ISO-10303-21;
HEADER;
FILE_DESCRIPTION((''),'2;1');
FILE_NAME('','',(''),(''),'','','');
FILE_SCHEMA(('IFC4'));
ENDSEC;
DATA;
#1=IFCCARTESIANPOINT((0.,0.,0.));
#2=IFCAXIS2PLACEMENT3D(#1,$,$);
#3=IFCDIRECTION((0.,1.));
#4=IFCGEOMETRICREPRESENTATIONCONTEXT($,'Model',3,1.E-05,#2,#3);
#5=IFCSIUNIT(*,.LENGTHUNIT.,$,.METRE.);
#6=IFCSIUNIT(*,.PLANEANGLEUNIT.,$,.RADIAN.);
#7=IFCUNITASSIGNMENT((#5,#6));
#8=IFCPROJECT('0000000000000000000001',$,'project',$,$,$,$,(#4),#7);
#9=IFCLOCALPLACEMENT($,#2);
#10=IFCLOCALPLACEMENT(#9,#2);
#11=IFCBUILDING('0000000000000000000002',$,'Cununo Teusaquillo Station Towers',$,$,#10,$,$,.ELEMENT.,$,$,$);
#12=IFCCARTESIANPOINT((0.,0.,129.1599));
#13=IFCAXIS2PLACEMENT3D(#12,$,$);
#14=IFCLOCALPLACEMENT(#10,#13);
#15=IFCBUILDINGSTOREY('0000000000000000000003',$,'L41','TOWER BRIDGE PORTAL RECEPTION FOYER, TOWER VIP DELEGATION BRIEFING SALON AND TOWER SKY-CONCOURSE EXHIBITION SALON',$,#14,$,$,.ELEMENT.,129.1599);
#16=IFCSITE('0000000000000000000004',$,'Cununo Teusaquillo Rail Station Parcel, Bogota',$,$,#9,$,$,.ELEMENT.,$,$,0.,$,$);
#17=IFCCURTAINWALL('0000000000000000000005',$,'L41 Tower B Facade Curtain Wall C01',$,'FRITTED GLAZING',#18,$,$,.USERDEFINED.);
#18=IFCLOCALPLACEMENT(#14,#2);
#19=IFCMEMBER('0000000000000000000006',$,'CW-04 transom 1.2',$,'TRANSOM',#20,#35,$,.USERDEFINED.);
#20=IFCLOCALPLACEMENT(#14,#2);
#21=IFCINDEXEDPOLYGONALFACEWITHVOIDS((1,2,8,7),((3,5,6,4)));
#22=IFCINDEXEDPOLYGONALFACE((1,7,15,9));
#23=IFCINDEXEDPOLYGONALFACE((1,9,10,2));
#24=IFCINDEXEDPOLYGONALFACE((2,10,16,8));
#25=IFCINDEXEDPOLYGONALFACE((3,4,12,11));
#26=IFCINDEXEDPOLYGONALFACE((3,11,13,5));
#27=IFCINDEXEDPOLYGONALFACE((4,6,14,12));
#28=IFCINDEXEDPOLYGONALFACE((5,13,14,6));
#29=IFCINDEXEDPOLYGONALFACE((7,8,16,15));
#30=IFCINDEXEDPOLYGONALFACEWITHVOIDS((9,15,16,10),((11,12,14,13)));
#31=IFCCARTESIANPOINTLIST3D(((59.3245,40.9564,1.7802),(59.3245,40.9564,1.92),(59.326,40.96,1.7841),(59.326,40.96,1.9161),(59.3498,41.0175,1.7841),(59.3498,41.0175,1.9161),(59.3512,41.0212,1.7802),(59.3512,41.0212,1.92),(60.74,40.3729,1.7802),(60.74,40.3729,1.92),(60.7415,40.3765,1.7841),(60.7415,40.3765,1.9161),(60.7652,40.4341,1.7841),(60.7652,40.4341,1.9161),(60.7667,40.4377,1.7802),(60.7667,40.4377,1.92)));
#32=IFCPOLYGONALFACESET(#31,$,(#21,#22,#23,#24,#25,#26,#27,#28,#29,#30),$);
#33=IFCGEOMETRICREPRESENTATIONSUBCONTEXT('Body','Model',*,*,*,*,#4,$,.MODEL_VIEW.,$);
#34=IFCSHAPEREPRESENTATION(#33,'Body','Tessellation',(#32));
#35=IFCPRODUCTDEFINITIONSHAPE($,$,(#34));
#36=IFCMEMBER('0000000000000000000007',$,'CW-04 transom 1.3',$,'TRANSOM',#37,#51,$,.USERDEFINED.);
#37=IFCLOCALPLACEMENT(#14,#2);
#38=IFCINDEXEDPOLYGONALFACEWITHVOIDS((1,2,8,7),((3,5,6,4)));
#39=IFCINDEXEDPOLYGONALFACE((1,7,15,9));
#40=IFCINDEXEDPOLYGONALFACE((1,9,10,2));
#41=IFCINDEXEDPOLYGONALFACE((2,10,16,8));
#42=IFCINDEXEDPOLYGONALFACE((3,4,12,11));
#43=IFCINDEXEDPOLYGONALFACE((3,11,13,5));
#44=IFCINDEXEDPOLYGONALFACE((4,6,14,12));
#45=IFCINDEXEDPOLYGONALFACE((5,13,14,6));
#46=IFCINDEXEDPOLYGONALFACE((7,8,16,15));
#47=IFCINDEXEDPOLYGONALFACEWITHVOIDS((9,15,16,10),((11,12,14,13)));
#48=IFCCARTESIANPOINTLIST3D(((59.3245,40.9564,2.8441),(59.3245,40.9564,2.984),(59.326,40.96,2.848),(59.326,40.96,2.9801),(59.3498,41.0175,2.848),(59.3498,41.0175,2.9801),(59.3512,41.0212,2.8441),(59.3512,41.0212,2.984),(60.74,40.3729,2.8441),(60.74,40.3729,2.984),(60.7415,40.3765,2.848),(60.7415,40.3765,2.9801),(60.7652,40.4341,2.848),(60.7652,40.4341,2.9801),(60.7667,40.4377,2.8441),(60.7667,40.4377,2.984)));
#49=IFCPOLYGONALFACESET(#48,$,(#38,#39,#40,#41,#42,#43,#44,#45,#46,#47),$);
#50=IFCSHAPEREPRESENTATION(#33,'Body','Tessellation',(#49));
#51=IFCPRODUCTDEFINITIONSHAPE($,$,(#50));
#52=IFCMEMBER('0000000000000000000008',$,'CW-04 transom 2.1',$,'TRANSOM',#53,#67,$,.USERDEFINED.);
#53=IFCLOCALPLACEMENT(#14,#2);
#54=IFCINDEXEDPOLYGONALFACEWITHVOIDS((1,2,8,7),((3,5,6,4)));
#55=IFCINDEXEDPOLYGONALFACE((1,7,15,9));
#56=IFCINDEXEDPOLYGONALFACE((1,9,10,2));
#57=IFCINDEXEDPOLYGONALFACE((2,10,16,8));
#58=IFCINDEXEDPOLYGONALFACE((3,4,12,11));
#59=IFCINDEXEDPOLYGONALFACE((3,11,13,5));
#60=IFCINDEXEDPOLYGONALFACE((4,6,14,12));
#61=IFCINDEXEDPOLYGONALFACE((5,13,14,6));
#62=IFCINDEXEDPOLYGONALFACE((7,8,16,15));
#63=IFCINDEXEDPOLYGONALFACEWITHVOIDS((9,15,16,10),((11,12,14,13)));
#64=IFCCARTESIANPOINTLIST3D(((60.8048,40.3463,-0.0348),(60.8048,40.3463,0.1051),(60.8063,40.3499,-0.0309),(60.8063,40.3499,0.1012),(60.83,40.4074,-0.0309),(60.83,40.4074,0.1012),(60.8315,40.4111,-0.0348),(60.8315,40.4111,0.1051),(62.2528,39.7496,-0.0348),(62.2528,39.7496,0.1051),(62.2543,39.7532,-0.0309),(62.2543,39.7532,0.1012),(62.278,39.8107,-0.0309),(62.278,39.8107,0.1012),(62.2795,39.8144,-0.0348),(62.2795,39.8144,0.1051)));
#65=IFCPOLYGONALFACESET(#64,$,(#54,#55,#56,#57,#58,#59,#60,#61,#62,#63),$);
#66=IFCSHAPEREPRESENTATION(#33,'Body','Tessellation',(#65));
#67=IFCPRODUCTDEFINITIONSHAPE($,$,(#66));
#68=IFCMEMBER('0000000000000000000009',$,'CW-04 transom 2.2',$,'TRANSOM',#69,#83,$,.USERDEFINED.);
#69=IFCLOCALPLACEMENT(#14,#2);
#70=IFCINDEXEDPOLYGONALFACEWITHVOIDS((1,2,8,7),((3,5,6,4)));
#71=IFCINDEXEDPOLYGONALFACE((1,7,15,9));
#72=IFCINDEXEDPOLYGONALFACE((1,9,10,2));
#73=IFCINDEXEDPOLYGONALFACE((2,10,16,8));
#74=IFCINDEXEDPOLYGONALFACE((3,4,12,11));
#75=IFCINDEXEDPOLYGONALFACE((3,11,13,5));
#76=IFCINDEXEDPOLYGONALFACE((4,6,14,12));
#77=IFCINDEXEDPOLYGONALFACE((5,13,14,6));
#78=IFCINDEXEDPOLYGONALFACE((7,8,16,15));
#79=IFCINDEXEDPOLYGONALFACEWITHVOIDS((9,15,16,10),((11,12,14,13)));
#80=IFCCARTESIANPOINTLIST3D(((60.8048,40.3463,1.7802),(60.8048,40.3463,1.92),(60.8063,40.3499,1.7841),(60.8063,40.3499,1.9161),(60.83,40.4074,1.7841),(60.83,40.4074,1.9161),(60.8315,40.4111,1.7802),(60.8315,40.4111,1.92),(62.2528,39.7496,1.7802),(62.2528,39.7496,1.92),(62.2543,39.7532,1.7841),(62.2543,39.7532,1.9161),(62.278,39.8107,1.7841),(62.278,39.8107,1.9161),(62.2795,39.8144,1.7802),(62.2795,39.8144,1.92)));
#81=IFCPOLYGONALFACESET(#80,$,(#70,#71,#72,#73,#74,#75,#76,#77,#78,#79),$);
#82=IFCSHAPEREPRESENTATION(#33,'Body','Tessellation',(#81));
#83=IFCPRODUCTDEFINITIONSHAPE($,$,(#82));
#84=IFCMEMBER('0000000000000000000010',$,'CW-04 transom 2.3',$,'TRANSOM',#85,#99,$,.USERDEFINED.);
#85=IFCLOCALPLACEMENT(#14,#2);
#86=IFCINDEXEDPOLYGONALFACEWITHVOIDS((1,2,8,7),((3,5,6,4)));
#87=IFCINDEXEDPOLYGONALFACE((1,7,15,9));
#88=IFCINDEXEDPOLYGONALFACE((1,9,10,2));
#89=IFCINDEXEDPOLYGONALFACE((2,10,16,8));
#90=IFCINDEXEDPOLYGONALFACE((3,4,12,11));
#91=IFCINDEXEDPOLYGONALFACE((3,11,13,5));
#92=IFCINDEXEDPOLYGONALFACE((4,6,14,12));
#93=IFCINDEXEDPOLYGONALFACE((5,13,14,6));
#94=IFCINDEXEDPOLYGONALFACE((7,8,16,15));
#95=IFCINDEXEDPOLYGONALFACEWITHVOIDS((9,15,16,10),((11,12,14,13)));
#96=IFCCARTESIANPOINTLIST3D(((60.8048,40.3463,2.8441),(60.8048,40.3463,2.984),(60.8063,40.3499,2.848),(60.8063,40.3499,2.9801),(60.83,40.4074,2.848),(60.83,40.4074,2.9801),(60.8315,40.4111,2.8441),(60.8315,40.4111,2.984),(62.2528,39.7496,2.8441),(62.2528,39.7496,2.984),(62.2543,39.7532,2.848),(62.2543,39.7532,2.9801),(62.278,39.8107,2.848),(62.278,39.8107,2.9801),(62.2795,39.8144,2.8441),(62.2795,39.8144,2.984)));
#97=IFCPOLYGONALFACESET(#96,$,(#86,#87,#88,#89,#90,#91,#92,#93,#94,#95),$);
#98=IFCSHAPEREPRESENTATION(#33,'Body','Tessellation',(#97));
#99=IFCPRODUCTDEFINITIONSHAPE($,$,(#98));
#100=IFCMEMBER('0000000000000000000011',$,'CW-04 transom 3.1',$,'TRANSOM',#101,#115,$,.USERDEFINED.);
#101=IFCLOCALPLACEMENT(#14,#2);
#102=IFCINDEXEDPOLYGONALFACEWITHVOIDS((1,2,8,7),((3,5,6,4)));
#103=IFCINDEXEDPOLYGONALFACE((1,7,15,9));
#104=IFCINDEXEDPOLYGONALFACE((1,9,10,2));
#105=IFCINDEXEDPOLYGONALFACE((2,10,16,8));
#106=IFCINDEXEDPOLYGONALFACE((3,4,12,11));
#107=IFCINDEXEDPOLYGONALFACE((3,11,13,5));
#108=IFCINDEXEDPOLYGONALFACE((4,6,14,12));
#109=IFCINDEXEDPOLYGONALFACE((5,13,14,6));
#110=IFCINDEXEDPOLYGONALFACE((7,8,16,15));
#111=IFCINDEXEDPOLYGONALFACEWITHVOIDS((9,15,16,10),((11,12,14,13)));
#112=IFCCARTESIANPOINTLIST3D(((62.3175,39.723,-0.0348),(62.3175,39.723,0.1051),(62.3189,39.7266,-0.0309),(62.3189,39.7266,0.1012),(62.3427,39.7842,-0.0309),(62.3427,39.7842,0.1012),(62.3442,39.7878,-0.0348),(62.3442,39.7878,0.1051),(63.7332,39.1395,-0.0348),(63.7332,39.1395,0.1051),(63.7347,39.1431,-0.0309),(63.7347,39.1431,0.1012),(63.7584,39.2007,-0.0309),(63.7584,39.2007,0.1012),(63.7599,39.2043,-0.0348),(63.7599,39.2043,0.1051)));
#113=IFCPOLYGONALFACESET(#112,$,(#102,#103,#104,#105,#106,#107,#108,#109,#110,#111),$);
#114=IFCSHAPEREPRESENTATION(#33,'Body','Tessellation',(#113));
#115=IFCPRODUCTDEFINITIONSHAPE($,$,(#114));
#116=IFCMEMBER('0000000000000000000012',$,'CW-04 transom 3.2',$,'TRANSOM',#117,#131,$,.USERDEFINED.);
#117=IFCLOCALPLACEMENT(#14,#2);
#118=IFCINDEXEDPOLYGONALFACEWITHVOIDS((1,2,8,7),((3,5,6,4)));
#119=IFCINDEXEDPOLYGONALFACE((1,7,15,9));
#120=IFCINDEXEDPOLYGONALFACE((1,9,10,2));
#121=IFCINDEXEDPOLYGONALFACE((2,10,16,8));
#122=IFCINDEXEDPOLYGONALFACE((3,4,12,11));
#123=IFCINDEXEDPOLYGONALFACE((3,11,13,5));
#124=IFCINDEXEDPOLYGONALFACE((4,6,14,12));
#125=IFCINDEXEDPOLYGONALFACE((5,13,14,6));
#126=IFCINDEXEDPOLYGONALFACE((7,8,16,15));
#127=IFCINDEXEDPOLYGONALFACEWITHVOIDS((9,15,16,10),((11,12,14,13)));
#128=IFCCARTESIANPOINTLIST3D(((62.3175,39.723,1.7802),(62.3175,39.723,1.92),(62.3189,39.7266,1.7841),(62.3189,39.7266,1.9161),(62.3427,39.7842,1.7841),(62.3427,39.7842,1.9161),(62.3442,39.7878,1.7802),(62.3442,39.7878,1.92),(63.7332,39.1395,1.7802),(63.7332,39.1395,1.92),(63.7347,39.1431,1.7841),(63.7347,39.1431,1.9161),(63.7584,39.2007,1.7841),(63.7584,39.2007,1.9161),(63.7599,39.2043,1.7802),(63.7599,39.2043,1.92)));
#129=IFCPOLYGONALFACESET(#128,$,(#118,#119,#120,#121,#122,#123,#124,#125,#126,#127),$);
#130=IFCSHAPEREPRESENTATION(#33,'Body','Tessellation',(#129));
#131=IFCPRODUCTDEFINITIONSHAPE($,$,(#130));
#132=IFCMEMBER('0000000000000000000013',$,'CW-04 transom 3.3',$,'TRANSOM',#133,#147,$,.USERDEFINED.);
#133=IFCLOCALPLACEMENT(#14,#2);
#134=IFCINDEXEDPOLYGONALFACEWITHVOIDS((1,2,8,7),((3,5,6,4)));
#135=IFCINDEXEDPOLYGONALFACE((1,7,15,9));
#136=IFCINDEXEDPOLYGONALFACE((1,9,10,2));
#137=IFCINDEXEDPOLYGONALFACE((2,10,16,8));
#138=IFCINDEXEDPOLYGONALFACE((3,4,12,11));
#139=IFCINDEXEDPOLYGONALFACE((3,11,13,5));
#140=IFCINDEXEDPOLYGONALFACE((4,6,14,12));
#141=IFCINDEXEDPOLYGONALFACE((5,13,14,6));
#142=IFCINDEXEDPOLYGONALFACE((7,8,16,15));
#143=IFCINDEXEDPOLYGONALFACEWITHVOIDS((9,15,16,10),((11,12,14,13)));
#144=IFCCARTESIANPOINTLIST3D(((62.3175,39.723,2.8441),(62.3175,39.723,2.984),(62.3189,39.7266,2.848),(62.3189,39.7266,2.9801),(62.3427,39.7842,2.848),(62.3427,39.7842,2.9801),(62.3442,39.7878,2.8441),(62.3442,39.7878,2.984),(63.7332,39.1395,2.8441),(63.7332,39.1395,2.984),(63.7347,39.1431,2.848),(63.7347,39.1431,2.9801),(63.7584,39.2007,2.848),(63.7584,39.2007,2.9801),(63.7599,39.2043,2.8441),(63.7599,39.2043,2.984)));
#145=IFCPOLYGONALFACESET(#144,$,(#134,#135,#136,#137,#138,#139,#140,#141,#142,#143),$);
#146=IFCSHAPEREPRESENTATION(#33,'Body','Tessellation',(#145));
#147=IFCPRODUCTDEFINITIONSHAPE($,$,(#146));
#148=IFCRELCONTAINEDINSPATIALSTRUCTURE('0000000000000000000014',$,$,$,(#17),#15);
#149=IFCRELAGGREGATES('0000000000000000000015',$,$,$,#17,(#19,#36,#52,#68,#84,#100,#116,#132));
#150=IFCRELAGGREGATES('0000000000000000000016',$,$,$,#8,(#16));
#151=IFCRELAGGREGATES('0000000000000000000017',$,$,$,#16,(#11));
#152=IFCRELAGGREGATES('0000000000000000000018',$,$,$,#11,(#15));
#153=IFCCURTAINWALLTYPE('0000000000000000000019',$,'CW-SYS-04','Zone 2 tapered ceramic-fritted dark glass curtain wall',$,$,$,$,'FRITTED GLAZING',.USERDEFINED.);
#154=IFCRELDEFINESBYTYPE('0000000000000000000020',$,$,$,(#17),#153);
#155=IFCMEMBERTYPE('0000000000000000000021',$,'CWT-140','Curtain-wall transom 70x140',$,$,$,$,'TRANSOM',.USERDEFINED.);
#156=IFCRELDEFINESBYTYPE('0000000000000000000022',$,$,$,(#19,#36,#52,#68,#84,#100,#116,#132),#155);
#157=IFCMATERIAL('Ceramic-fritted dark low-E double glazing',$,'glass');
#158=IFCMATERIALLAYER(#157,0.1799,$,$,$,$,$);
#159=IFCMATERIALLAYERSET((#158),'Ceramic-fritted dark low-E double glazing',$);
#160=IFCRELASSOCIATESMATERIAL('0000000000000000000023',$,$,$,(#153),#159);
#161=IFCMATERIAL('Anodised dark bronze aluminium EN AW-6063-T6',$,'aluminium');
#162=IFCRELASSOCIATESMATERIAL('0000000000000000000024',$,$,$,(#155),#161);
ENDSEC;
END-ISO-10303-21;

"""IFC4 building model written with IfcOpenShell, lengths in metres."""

from ifc_helpers import new_model, si_unit, direction, frame, origin, origin_2d, place, context, subcontext, project, spatial, hollow_rectangle, extrude, material, layer, layer_set, material_profile, profile_set, type_object, element, aggregate, save


model = new_model("IFC4")

# Units and contexts
model_context = context("Model", 3, precision=1e-05, world=origin(), true_north=direction((0.0, 1.0)))
body_context = subcontext(model_context, "Body", "Model", "MODEL_VIEW")
ifc_project = project(units=[si_unit("LENGTHUNIT", "METRE"), si_unit("PLANEANGLEUNIT", "RADIAN")], contexts=[model_context])

# Site, building, storey
site_placement = place(None, origin())
site = spatial("IfcSite", under=ifc_project, at=site_placement, Name="Cununo Teusaquillo Rail Station Parcel, Bogota", CompositionType="ELEMENT", RefElevation=0.0)
building_placement = place(site_placement, origin())
building = spatial("IfcBuilding", under=site, at=building_placement, Name="Cununo Teusaquillo Station Towers", CompositionType="ELEMENT")
storey_placement = place(building_placement, frame((0.0, 0.0, 129.1599)))
storey = spatial("IfcBuildingStorey", under=building, at=storey_placement, Name="L41", Description="TOWER BRIDGE PORTAL RECEPTION FOYER, TOWER VIP DELEGATION BRIEFING SALON AND TOWER SKY-CONCOURSE EXHIBITION SALON", CompositionType="ELEMENT", Elevation=129.1599)

# Curtain wall, members
ifc_material_1 = material(Name="Ceramic-fritted dark low-E double glazing", Category="glass")
ifc_layer_1 = layer(ifc_material_1, 0.1799)
ifc_layer_set_1 = layer_set([ifc_layer_1], Name="Ceramic-fritted dark low-E double glazing")
curtain_wall_type = type_object("IfcCurtainWallType", Name="CW-SYS-04", Description="Zone 2 tapered ceramic-fritted dark glass curtain wall", ElementType="FRITTED GLAZING", PredefinedType="USERDEFINED", material=ifc_layer_set_1)
curtain_wall_placement = place(storey_placement, origin())
curtain_wall = element("IfcCurtainWall", 1, at=curtain_wall_placement, inside=storey, type_object=curtain_wall_type, Name="L41 Tower B Facade Curtain Wall C01", ObjectType="FRITTED GLAZING", PredefinedType="USERDEFINED")
ifc_material_2 = material(Name="Anodised dark bronze aluminium EN AW-6063-T6", Category="aluminium")
ifc_material_profile_1 = material_profile(ifc_material_2, hollow_rectangle(XDim=0.0701, YDim=0.1399, WallThickness=0.0039, at=origin_2d()), Name="CW-TRAN-70x140")
ifc_profile_set_1 = profile_set([ifc_material_profile_1], Name="Anodised dark bronze aluminium EN AW-6063-T6")
member_type_1 = type_object("IfcMemberType", Name="CWT-140", Description="Curtain-wall transom 70x140", ElementType="TRANSOM", PredefinedType="USERDEFINED", material=ifc_profile_set_1)
member_1_placement = place(storey_placement, frame((59.3379, 40.9888, 1.8501), z_axis=(0.924533, -0.381103, 0.0), x_axis=(0.381103, 0.924533, 0.0)))
member_1 = element("IfcMember", 2, at=member_1_placement, type_object=member_type_1, Name="CW-04 transom 1.2", ObjectType="TRANSOM", PredefinedType="USERDEFINED", context=body_context, shape_type="SweptSolid", body=[
    extrude(hollow_rectangle(XDim=0.0701, YDim=0.1399, WallThickness=0.0039, at=origin_2d()), origin(), (0.0, 0.0, 1.0), 1.531),
])
member_2_placement = place(storey_placement, frame((59.3379, 40.9888, 2.9141), z_axis=(0.924533, -0.381103, 0.0), x_axis=(0.381103, 0.924533, 0.0)))
member_2 = element("IfcMember", 3, at=member_2_placement, type_object=member_type_1, Name="CW-04 transom 1.3", ObjectType="TRANSOM", PredefinedType="USERDEFINED", context=body_context, shape_type="SweptSolid", body=[
    extrude(hollow_rectangle(XDim=0.0701, YDim=0.1399, WallThickness=0.0039, at=origin_2d()), origin(), (0.0, 0.0, 1.0), 1.531),
])
member_3_placement = place(storey_placement, frame((60.8181, 40.3787, 0.0352), z_axis=(0.924578, -0.380993, 0.0), x_axis=(0.380993, 0.924578, 0.0)))
member_3 = element("IfcMember", 4, at=member_3_placement, type_object=member_type_1, Name="CW-04 transom 2.1", ObjectType="TRANSOM", PredefinedType="USERDEFINED", context=body_context, shape_type="SweptSolid", body=[
    extrude(hollow_rectangle(XDim=0.0701, YDim=0.1399, WallThickness=0.0039, at=origin_2d()), origin(), (0.0, 0.0, 1.0), 1.5662),
])
member_4_placement = place(storey_placement, frame((60.8181, 40.3787, 1.8501), z_axis=(0.924578, -0.380993, 0.0), x_axis=(0.380993, 0.924578, 0.0)))
member_4 = element("IfcMember", 5, at=member_4_placement, type_object=member_type_1, Name="CW-04 transom 2.2", ObjectType="TRANSOM", PredefinedType="USERDEFINED", context=body_context, shape_type="SweptSolid", body=[
    extrude(hollow_rectangle(XDim=0.0701, YDim=0.1399, WallThickness=0.0039, at=origin_2d()), origin(), (0.0, 0.0, 1.0), 1.5662),
])
member_5_placement = place(storey_placement, frame((60.8181, 40.3787, 2.9141), z_axis=(0.924578, -0.380993, 0.0), x_axis=(0.380993, 0.924578, 0.0)))
member_5 = element("IfcMember", 6, at=member_5_placement, type_object=member_type_1, Name="CW-04 transom 2.3", ObjectType="TRANSOM", PredefinedType="USERDEFINED", context=body_context, shape_type="SweptSolid", body=[
    extrude(hollow_rectangle(XDim=0.0701, YDim=0.1399, WallThickness=0.0039, at=origin_2d()), origin(), (0.0, 0.0, 1.0), 1.5662),
])
member_6_placement = place(storey_placement, frame((62.3308, 39.7554, 0.0352), z_axis=(0.924556, -0.381046, 0.0), x_axis=(0.381046, 0.924556, 0.0)))
member_6 = element("IfcMember", 7, at=member_6_placement, type_object=member_type_1, Name="CW-04 transom 3.1", ObjectType="TRANSOM", PredefinedType="USERDEFINED", context=body_context, shape_type="SweptSolid", body=[
    extrude(hollow_rectangle(XDim=0.0701, YDim=0.1399, WallThickness=0.0039, at=origin_2d()), origin(), (0.0, 0.0, 1.0), 1.5312),
])
member_7_placement = place(storey_placement, frame((62.3308, 39.7554, 1.8501), z_axis=(0.924556, -0.381046, 0.0), x_axis=(0.381046, 0.924556, 0.0)))
member_7 = element("IfcMember", 8, at=member_7_placement, type_object=member_type_1, Name="CW-04 transom 3.2", ObjectType="TRANSOM", PredefinedType="USERDEFINED", context=body_context, shape_type="SweptSolid", body=[
    extrude(hollow_rectangle(XDim=0.0701, YDim=0.1399, WallThickness=0.0039, at=origin_2d()), origin(), (0.0, 0.0, 1.0), 1.5312),
])
member_8_placement = place(storey_placement, frame((62.3308, 39.7554, 2.9141), z_axis=(0.924556, -0.381046, 0.0), x_axis=(0.381046, 0.924556, 0.0)))
member_8 = element("IfcMember", 9, at=member_8_placement, type_object=member_type_1, Name="CW-04 transom 3.3", ObjectType="TRANSOM", PredefinedType="USERDEFINED", context=body_context, shape_type="SweptSolid", body=[
    extrude(hollow_rectangle(XDim=0.0701, YDim=0.1399, WallThickness=0.0039, at=origin_2d()), origin(), (0.0, 0.0, 1.0), 1.5312),
])

aggregate(curtain_wall, [member_1, member_2, member_3, member_4, member_5, member_6, member_7, member_8])

save(model, "model.ifc")
